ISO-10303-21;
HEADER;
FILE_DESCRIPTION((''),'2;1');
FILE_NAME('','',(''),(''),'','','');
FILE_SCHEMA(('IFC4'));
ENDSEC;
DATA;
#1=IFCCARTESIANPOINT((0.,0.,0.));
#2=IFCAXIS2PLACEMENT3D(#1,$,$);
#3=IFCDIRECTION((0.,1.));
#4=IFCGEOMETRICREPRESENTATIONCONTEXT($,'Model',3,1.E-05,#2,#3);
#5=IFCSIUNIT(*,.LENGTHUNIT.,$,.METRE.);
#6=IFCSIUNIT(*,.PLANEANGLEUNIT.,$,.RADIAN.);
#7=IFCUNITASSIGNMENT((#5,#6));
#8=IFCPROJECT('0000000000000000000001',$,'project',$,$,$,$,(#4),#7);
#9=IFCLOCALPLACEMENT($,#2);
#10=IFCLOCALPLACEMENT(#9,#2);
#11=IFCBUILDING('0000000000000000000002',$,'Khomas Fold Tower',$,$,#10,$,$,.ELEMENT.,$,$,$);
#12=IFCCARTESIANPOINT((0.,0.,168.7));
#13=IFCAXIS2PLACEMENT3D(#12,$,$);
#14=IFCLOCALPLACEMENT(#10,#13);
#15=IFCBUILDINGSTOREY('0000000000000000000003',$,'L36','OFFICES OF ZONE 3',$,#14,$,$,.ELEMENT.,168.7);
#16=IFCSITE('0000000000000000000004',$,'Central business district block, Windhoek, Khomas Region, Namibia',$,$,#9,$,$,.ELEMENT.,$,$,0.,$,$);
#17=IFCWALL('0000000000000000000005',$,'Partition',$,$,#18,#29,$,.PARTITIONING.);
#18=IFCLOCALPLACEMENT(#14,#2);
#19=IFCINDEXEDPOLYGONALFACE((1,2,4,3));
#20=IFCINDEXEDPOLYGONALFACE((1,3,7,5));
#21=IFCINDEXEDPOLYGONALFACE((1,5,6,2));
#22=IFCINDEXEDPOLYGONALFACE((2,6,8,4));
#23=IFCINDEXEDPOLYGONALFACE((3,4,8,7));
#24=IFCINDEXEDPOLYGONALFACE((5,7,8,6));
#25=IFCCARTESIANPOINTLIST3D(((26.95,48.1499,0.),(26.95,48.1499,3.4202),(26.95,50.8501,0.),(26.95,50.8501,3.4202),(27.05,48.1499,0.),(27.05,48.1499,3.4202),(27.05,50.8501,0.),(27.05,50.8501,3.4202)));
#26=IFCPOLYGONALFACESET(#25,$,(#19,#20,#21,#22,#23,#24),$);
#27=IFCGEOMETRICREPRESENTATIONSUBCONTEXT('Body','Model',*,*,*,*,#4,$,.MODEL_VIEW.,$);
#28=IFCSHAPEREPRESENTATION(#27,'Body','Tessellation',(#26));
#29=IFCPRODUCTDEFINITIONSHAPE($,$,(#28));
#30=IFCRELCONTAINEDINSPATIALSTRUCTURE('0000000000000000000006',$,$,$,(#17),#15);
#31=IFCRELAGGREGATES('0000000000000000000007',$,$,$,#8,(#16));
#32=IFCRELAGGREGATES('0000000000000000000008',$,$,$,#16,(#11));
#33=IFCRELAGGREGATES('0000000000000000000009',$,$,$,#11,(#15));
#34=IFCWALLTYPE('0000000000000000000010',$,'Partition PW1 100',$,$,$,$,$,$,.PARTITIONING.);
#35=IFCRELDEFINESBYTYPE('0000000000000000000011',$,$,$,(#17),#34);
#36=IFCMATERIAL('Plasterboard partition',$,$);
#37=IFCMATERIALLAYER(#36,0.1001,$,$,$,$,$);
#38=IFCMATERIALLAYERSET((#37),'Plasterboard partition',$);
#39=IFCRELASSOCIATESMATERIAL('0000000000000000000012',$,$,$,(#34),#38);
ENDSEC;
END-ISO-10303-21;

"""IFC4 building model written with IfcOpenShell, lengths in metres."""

from ifc_helpers import new_model, si_unit, direction, frame, frame_2d, origin, place, context, subcontext, project, spatial, rectangle, extrude, source, transform, mapped, material, layer, layer_set, type_object, element, save


model = new_model("IFC4")

# Units and contexts
model_context = context("Model", 3, precision=1e-05, world=origin(), true_north=direction((0.0, 1.0)))
body_context = subcontext(model_context, "Body", "Model", "MODEL_VIEW")
ifc_project = project(units=[si_unit("LENGTHUNIT", "METRE"), si_unit("PLANEANGLEUNIT", "RADIAN")], contexts=[model_context])

# Site, building, storey
site_placement = place(None, origin())
site = spatial("IfcSite", under=ifc_project, at=site_placement, Name="Central business district block, Windhoek, Khomas Region, Namibia", CompositionType="ELEMENT", RefElevation=0.0)
building_placement = place(site_placement, origin())
building = spatial("IfcBuilding", under=site, at=building_placement, Name="Khomas Fold Tower", CompositionType="ELEMENT")
storey_placement = place(building_placement, frame((0.0, 0.0, 168.7)))
storey = spatial("IfcBuildingStorey", under=building, at=storey_placement, Name="L36", Description="OFFICES OF ZONE 3", CompositionType="ELEMENT", Elevation=168.7)

# Wall
ifc_material_1 = material(Name="Plasterboard partition")
ifc_layer_1 = layer(ifc_material_1, 0.1001)
ifc_layer_set_1 = layer_set([ifc_layer_1], Name="Plasterboard partition")
wall_type_1 = type_object("IfcWallType", Name="Partition PW1 100", PredefinedType="PARTITIONING", material=ifc_layer_set_1)
shared_shape_1 = source(origin(), body_context, "Body", "SweptSolid", [
    extrude(rectangle(XDim=2.7002, YDim=0.1001, at=frame_2d((1.3501, 0.0))), origin(), (0.0, 0.0, 1.0), 3.4202),
])
wall_1_placement = place(storey_placement, frame((27.0, 48.1499, 0.0), z_axis=(0.0, 0.0, 1.0), x_axis=(0.0, 1.0, 0.0)))
element("IfcWall", 1, at=wall_1_placement, inside=storey, type_object=wall_type_1, Name="Partition", PredefinedType="PARTITIONING", context=body_context, shape_type="MappedRepresentation", body=[
    mapped(shared_shape_1, transform((0.0, 0.0, 0.0))),
])

save(model, "model.ifc")
